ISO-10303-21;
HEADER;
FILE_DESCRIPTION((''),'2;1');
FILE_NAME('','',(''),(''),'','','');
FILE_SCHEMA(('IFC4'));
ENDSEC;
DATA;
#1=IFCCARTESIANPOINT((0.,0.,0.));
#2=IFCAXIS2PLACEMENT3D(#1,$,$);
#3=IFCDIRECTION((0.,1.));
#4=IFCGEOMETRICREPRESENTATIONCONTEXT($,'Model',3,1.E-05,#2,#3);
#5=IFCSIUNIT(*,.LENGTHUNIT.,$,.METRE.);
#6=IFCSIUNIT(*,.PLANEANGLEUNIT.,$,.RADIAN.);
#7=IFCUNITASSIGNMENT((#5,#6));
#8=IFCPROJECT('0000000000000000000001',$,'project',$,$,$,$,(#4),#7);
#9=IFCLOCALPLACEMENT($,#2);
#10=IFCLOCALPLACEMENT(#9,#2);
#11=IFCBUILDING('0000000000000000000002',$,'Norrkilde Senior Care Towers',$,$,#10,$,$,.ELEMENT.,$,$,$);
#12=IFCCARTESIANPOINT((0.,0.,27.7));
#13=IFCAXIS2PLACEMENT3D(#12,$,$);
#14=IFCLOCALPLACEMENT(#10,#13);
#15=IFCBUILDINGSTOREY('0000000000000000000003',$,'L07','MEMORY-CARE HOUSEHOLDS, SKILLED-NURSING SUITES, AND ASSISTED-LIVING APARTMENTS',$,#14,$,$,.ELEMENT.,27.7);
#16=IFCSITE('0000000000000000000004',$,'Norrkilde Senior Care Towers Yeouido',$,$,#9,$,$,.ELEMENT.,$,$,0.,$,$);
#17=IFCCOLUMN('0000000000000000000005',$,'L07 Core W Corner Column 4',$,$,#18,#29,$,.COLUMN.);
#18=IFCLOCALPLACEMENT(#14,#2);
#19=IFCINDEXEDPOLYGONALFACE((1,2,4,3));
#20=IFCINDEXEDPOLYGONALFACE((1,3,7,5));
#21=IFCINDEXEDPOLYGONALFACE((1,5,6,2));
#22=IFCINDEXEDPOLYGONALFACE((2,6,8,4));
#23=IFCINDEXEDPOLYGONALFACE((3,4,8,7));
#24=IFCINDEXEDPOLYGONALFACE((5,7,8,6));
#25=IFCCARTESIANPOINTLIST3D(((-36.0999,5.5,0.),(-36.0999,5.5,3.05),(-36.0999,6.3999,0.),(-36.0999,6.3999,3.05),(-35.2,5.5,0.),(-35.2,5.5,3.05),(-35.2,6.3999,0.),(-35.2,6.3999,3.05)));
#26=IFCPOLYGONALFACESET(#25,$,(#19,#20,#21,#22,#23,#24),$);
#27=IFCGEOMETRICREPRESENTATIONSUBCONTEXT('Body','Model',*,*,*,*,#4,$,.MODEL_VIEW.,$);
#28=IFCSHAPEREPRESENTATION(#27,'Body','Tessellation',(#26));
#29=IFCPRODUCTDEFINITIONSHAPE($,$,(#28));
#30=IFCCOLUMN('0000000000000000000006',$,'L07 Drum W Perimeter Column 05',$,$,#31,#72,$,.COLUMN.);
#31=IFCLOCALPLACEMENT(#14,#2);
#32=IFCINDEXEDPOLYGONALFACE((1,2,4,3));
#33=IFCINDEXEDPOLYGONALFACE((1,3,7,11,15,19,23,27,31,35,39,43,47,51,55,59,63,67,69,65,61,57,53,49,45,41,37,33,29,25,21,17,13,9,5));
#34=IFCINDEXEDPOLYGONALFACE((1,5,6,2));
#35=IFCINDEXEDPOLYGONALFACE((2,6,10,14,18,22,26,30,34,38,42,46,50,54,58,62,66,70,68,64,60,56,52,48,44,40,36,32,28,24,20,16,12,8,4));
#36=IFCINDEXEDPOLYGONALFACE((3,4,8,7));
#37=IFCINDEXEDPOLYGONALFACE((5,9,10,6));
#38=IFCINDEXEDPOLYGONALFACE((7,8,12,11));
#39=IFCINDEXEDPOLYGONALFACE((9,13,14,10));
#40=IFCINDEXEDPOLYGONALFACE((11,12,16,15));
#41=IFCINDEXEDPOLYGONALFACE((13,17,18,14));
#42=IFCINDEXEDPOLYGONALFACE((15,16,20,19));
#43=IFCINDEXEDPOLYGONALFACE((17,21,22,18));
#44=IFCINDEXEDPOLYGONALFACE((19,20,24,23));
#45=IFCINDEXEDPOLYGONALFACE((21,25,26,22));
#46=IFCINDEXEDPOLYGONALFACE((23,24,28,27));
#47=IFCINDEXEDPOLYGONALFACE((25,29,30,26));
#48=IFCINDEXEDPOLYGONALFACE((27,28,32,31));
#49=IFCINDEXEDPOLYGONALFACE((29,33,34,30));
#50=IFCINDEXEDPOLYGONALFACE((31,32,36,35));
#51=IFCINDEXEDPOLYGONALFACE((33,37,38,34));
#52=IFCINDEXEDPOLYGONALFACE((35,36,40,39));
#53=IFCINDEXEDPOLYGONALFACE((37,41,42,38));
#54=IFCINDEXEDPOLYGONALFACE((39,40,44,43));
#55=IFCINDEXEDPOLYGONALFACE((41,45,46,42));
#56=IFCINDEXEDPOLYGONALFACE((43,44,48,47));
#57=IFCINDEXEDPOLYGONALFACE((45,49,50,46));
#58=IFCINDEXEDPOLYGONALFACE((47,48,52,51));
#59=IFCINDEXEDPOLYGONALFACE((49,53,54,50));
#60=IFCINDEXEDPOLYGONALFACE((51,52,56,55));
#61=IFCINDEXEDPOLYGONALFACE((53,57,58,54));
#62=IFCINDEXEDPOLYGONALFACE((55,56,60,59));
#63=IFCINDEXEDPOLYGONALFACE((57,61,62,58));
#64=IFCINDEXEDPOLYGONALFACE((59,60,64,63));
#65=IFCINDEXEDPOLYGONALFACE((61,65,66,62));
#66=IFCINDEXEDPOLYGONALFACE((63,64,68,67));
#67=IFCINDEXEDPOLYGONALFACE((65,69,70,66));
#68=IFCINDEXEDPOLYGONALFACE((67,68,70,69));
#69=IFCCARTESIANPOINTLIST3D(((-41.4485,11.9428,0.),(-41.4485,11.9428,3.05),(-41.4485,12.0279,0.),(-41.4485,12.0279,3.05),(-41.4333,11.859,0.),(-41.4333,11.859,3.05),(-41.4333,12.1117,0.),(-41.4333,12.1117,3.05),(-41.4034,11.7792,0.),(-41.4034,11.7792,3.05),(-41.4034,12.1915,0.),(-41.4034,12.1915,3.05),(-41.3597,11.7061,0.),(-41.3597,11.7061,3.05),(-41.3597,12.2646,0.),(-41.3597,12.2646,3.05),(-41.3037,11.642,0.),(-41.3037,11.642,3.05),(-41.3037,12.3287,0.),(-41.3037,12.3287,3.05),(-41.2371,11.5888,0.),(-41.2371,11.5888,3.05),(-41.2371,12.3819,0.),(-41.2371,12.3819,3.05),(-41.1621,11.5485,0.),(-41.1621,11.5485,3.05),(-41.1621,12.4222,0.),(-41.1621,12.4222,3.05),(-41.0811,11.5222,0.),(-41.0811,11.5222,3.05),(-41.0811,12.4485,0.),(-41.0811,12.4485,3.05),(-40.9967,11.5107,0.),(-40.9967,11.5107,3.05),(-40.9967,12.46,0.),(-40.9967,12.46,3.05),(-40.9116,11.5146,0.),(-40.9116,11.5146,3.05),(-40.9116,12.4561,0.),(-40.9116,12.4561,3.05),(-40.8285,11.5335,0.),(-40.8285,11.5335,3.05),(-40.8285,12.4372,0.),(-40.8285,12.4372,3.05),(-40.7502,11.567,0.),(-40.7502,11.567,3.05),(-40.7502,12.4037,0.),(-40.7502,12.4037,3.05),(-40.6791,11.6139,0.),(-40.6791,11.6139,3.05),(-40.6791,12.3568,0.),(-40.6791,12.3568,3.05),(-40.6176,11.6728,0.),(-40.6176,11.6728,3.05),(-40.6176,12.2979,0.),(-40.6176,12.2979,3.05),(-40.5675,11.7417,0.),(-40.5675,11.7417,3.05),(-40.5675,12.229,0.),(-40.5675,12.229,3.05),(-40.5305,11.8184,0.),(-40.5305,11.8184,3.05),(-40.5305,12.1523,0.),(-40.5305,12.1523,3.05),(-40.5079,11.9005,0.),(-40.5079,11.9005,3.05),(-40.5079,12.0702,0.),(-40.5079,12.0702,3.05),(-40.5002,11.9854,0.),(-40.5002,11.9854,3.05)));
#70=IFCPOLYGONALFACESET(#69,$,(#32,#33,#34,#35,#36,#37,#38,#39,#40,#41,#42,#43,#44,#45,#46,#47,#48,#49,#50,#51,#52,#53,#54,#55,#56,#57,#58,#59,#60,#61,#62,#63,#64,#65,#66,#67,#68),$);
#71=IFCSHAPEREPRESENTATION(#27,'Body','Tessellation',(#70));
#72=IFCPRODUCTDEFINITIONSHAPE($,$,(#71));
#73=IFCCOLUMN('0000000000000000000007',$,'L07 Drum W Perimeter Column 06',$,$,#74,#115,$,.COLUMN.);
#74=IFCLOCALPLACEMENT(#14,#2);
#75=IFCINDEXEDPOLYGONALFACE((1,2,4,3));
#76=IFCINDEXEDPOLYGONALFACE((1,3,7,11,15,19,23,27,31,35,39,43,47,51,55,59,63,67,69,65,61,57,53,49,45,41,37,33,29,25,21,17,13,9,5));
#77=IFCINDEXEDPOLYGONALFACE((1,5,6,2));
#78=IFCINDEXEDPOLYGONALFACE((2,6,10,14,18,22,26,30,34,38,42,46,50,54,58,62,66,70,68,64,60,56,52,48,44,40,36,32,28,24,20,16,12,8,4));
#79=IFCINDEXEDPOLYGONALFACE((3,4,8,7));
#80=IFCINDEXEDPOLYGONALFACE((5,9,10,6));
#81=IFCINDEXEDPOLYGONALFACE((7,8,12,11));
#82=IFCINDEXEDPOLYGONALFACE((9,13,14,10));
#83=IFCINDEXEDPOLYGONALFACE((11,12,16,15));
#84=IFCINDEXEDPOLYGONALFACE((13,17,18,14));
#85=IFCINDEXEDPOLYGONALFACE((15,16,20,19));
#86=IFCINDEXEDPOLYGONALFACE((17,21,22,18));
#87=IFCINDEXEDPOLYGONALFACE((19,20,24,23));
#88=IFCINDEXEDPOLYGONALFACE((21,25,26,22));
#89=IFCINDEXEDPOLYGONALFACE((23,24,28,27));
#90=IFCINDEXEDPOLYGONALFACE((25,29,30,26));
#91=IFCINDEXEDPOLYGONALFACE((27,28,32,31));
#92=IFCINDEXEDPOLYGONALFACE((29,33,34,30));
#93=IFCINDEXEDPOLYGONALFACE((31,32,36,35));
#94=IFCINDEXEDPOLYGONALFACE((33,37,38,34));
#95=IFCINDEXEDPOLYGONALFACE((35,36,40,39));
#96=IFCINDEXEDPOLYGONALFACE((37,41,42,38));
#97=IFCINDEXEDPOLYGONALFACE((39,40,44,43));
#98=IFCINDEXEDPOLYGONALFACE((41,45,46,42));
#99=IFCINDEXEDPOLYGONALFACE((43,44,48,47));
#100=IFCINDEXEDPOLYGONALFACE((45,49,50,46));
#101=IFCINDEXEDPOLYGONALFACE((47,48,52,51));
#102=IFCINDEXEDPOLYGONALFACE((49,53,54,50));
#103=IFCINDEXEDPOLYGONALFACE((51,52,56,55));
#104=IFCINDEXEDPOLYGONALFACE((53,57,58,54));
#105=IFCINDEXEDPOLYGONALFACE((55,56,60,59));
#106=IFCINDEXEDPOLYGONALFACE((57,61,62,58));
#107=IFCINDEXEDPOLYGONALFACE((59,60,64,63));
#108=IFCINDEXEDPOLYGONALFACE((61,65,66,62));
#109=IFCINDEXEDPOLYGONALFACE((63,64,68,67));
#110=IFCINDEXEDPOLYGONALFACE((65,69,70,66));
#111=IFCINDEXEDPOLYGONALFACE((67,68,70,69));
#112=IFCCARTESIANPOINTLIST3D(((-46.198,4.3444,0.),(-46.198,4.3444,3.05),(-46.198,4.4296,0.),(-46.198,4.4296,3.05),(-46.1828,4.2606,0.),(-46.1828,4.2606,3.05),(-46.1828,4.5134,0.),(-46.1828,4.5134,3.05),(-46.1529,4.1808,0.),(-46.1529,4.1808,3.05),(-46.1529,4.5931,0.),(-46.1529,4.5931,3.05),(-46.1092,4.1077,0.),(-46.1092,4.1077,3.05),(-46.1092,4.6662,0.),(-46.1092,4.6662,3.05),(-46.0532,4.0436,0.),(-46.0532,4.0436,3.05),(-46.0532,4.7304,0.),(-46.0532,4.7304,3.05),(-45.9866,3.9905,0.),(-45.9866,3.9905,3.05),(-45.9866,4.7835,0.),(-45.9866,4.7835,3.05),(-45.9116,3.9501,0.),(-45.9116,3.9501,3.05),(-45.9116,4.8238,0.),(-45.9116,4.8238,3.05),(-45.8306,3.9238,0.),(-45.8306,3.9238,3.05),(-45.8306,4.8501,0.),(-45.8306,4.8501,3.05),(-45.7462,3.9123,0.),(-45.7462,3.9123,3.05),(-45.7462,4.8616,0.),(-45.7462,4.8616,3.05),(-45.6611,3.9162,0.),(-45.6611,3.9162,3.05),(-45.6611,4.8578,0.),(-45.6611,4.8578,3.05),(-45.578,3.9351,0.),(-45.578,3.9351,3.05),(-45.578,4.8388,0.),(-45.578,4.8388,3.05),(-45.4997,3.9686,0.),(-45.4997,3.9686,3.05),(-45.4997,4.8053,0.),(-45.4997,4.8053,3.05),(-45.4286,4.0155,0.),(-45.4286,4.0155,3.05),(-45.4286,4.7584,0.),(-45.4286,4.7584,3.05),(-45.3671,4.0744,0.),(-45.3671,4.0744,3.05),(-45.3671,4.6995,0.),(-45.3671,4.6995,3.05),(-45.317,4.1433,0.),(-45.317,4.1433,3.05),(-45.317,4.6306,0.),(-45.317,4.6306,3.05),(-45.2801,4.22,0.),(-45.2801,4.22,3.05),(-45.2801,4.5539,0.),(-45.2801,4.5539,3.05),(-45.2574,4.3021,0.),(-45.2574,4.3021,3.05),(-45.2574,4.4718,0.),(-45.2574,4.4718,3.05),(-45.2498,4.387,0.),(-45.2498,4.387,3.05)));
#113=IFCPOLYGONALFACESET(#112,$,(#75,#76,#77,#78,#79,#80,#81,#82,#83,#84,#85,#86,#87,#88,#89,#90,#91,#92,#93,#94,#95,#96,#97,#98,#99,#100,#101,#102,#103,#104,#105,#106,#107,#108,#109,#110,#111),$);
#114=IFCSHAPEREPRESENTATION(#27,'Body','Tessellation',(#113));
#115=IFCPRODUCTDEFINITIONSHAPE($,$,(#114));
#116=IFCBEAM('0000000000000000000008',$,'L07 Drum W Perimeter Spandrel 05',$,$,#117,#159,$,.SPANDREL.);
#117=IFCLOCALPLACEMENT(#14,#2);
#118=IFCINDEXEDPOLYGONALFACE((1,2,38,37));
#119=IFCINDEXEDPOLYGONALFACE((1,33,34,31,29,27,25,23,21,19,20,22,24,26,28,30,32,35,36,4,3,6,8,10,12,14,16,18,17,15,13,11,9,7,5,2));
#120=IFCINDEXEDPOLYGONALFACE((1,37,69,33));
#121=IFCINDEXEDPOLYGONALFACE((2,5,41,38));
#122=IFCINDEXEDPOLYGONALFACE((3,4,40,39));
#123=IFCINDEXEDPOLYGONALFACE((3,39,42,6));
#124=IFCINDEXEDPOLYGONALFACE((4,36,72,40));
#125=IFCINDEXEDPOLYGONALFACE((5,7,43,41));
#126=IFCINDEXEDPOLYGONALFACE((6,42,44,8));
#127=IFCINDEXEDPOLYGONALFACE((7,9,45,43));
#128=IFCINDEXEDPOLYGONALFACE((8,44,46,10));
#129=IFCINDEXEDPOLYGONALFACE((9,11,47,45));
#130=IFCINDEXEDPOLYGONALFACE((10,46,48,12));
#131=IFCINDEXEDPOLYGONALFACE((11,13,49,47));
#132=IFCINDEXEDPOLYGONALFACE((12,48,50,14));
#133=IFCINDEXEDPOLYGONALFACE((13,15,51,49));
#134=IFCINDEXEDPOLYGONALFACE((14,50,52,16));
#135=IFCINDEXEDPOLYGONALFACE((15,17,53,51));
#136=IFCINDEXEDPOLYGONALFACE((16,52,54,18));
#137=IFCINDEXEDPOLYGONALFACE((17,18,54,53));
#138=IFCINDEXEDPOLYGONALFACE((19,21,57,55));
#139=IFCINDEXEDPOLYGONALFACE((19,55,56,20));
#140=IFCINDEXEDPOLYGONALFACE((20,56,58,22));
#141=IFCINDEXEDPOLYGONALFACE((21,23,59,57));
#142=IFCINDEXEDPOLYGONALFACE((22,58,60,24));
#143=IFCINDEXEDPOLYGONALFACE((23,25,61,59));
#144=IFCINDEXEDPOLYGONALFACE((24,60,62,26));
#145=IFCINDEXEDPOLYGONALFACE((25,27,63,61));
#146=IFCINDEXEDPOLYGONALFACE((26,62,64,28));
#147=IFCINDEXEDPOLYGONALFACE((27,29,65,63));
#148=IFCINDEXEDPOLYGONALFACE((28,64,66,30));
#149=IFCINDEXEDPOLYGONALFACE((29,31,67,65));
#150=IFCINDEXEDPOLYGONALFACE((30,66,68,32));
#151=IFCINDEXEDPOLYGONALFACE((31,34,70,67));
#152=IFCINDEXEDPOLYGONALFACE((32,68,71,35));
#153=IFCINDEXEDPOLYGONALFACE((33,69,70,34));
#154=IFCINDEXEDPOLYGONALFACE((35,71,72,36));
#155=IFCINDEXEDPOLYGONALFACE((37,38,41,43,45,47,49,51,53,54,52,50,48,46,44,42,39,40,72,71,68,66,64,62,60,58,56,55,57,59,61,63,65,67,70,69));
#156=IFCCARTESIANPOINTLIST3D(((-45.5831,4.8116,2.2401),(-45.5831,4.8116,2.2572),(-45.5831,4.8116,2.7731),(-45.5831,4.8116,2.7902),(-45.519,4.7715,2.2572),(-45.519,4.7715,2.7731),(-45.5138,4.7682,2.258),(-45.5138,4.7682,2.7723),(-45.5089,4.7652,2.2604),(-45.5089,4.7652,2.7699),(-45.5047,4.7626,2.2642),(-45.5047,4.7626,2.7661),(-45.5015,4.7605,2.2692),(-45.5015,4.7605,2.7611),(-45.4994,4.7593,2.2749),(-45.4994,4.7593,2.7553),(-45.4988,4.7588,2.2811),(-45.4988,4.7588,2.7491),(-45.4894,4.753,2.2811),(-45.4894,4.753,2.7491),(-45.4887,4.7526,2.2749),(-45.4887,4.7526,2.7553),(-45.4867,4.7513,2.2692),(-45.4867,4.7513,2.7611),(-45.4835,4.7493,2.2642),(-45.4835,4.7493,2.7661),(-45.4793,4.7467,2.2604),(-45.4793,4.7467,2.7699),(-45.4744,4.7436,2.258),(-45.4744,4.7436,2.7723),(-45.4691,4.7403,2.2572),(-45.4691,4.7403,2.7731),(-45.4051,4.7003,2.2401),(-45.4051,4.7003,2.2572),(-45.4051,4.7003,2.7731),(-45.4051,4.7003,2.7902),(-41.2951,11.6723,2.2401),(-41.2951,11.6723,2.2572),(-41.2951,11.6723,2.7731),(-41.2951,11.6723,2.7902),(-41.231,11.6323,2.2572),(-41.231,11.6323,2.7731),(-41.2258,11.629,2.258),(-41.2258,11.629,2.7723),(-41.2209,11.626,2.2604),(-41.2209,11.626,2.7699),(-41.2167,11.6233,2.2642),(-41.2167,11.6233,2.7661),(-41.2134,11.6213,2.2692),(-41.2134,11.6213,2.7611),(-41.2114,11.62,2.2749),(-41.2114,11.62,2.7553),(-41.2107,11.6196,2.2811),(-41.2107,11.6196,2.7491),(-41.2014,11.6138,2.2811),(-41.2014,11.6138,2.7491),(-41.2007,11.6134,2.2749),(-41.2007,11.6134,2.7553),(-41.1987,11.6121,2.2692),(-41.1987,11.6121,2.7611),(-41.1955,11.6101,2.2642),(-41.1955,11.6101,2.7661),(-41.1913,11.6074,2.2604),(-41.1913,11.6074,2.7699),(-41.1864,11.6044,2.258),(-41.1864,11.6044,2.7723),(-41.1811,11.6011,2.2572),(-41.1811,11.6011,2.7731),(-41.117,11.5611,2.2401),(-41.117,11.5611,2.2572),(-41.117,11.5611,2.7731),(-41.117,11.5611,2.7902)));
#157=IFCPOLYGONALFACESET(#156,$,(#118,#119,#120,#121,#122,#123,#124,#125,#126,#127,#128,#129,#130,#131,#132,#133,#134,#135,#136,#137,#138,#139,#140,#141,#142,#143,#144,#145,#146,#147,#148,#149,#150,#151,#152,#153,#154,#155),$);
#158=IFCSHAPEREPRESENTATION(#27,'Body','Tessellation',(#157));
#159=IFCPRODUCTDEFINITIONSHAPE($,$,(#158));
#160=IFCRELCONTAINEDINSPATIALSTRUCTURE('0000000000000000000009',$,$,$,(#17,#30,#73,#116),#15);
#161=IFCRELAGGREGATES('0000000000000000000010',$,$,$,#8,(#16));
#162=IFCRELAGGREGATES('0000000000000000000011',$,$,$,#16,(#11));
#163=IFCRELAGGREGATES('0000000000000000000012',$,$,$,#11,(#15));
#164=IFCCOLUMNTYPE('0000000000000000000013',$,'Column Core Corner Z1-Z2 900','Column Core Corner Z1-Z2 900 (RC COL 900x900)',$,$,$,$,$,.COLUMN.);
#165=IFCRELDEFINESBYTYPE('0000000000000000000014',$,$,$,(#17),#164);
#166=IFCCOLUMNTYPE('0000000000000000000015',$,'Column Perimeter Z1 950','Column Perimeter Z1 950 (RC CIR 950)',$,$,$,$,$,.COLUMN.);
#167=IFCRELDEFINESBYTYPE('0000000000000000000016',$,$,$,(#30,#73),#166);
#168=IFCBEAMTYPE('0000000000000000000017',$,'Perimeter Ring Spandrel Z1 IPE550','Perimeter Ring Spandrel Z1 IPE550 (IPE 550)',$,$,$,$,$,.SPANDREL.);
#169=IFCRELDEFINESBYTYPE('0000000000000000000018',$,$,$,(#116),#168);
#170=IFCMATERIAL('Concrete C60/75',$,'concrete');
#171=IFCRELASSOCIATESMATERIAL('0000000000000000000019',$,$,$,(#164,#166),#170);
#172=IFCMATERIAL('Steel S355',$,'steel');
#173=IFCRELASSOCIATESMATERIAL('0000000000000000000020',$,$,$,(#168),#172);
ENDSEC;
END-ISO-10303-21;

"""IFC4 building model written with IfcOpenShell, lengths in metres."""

from ifc_helpers import new_model, si_unit, direction, frame, origin, origin_2d, place, context, subcontext, project, spatial, rectangle, circle, i_section, extrude, source, transform, mapped, material, material_profile, profile_set, type_object, type_shapes, element, save


model = new_model("IFC4")

# Units and contexts
model_context = context("Model", 3, precision=1e-05, world=origin(), true_north=direction((0.0, 1.0)))
body_context = subcontext(model_context, "Body", "Model", "MODEL_VIEW")
ifc_project = project(units=[si_unit("LENGTHUNIT", "METRE"), si_unit("PLANEANGLEUNIT", "RADIAN")], contexts=[model_context])

# Site, building, storey
site_placement = place(None, origin())
site = spatial("IfcSite", under=ifc_project, at=site_placement, Name="Norrkilde Senior Care Towers Yeouido", CompositionType="ELEMENT", RefElevation=0.0)
building_placement = place(site_placement, origin())
building = spatial("IfcBuilding", under=site, at=building_placement, Name="Norrkilde Senior Care Towers", CompositionType="ELEMENT")
storey_placement = place(building_placement, frame((0.0, 0.0, 27.7)))
storey = spatial("IfcBuildingStorey", under=building, at=storey_placement, Name="L07", Description="MEMORY-CARE HOUSEHOLDS, SKILLED-NURSING SUITES, AND ASSISTED-LIVING APARTMENTS", CompositionType="ELEMENT", Elevation=27.7)

# Columns
ifc_material_1 = material(Name="Concrete C60/75", Category="concrete")
ifc_material_profile_1 = material_profile(ifc_material_1, rectangle(XDim=0.8999, YDim=0.8999, at=origin_2d()), Name="RC COL 900x900")
ifc_profile_set_1 = profile_set([ifc_material_profile_1], Name="Concrete C60/75")
column_type_1 = type_object("IfcColumnType", Name="Column Core Corner Z1-Z2 900", Description="Column Core Corner Z1-Z2 900 (RC COL 900x900)", PredefinedType="COLUMN", material=ifc_profile_set_1)
shared_shape_1 = source(origin(), body_context, "Body", "SweptSolid", [
    extrude(rectangle(XDim=0.8999, YDim=0.8999, at=origin_2d()), origin(), (0.0, 0.0, 1.0), 3.05),
])
type_shapes(column_type_1, [shared_shape_1])
column_placement = place(storey_placement, frame((-35.6499, 5.95, 0.0), z_axis=(0.0, 0.0, 1.0), x_axis=(1.0, 0.0, 0.0)))
element("IfcColumn", 1, at=column_placement, inside=storey, type_object=column_type_1, Name="L07 Core W Corner Column 4", PredefinedType="COLUMN", context=body_context, shape_type="MappedRepresentation", body=[
    mapped(shared_shape_1, transform((0.0, 0.0, 0.0), x_axis=(1.0, 0.0, 0.0), y_axis=(0.0, 1.0, 0.0), z_axis=(0.0, 0.0, 1.0), scale=1.0)),
])
ifc_material_profile_2 = material_profile(ifc_material_1, circle(Radius=0.4751, at=origin_2d()), Name="RC CIR 950")
ifc_profile_set_2 = profile_set([ifc_material_profile_2], Name="Concrete C60/75")
column_type_2 = type_object("IfcColumnType", Name="Column Perimeter Z1 950", Description="Column Perimeter Z1 950 (RC CIR 950)", PredefinedType="COLUMN", material=ifc_profile_set_2)
shared_shape_2 = source(origin(), body_context, "Body", "SweptSolid", [
    extrude(circle(Radius=0.4751, at=origin_2d()), origin(), (0.0, 0.0, 1.0), 3.05),
])
type_shapes(column_type_2, [shared_shape_2])
for number, where, z_axis, x_axis, name in (
    (2, (-40.9753, 11.9854, 0.0), (0.0, 0.0, 1.0), (1.0, 0.0, 0.0), "L07 Drum W Perimeter Column 05"),
    (3, (-45.7249, 4.387, 0.0), (0.0, 0.0, 1.0), (1.0, 0.0, 0.0), "L07 Drum W Perimeter Column 06"),
):
    element("IfcColumn", number, at=place(storey_placement, frame(where, z_axis=z_axis, x_axis=x_axis)), inside=storey, type_object=column_type_2, Name=name, PredefinedType="COLUMN", context=body_context, shape_type="MappedRepresentation", body=[
        mapped(shared_shape_2, transform((0.0, 0.0, 0.0), x_axis=(1.0, 0.0, 0.0), y_axis=(0.0, 1.0, 0.0), z_axis=(0.0, 0.0, 1.0), scale=1.0)),
    ])

# Beam
ifc_material_2 = material(Name="Steel S355", Category="steel")
ifc_material_profile_3 = material_profile(ifc_material_2, i_section(OverallWidth=0.21, OverallDepth=0.55, WebThickness=0.011, FlangeThickness=0.0171, FilletRadius=0.0239, at=origin_2d()), Name="IPE 550")
ifc_profile_set_3 = profile_set([ifc_material_profile_3], Name="Steel S355")
beam_type_1 = type_object("IfcBeamType", Name="Perimeter Ring Spandrel Z1 IPE550", Description="Perimeter Ring Spandrel Z1 IPE550 (IPE 550)", PredefinedType="SPANDREL", material=ifc_profile_set_3)
shared_shape_3 = source(origin(), body_context, "Body", "SweptSolid", [
    extrude(i_section(OverallWidth=0.21, OverallDepth=0.55, WebThickness=0.011, FlangeThickness=0.0171, FilletRadius=0.0239, at=origin_2d()), origin(), (0.0, 0.0, 1.0), 8.0906),
])
beam_1_placement = place(storey_placement, frame((-41.2061, 11.6167, 2.5151), z_axis=(-0.530004, -0.847995, 0.0), x_axis=(0.847995, -0.530004, 0.0)))
element("IfcBeam", 4, at=beam_1_placement, inside=storey, type_object=beam_type_1, Name="L07 Drum W Perimeter Spandrel 05", PredefinedType="SPANDREL", context=body_context, shape_type="MappedRepresentation", body=[
    mapped(shared_shape_3, transform((0.0, 0.0, 0.0), x_axis=(1.0, 0.0, 0.0), y_axis=(0.0, 1.0, 0.0), z_axis=(0.0, 0.0, 1.0), scale=1.0)),
])

save(model, "model.ifc")
